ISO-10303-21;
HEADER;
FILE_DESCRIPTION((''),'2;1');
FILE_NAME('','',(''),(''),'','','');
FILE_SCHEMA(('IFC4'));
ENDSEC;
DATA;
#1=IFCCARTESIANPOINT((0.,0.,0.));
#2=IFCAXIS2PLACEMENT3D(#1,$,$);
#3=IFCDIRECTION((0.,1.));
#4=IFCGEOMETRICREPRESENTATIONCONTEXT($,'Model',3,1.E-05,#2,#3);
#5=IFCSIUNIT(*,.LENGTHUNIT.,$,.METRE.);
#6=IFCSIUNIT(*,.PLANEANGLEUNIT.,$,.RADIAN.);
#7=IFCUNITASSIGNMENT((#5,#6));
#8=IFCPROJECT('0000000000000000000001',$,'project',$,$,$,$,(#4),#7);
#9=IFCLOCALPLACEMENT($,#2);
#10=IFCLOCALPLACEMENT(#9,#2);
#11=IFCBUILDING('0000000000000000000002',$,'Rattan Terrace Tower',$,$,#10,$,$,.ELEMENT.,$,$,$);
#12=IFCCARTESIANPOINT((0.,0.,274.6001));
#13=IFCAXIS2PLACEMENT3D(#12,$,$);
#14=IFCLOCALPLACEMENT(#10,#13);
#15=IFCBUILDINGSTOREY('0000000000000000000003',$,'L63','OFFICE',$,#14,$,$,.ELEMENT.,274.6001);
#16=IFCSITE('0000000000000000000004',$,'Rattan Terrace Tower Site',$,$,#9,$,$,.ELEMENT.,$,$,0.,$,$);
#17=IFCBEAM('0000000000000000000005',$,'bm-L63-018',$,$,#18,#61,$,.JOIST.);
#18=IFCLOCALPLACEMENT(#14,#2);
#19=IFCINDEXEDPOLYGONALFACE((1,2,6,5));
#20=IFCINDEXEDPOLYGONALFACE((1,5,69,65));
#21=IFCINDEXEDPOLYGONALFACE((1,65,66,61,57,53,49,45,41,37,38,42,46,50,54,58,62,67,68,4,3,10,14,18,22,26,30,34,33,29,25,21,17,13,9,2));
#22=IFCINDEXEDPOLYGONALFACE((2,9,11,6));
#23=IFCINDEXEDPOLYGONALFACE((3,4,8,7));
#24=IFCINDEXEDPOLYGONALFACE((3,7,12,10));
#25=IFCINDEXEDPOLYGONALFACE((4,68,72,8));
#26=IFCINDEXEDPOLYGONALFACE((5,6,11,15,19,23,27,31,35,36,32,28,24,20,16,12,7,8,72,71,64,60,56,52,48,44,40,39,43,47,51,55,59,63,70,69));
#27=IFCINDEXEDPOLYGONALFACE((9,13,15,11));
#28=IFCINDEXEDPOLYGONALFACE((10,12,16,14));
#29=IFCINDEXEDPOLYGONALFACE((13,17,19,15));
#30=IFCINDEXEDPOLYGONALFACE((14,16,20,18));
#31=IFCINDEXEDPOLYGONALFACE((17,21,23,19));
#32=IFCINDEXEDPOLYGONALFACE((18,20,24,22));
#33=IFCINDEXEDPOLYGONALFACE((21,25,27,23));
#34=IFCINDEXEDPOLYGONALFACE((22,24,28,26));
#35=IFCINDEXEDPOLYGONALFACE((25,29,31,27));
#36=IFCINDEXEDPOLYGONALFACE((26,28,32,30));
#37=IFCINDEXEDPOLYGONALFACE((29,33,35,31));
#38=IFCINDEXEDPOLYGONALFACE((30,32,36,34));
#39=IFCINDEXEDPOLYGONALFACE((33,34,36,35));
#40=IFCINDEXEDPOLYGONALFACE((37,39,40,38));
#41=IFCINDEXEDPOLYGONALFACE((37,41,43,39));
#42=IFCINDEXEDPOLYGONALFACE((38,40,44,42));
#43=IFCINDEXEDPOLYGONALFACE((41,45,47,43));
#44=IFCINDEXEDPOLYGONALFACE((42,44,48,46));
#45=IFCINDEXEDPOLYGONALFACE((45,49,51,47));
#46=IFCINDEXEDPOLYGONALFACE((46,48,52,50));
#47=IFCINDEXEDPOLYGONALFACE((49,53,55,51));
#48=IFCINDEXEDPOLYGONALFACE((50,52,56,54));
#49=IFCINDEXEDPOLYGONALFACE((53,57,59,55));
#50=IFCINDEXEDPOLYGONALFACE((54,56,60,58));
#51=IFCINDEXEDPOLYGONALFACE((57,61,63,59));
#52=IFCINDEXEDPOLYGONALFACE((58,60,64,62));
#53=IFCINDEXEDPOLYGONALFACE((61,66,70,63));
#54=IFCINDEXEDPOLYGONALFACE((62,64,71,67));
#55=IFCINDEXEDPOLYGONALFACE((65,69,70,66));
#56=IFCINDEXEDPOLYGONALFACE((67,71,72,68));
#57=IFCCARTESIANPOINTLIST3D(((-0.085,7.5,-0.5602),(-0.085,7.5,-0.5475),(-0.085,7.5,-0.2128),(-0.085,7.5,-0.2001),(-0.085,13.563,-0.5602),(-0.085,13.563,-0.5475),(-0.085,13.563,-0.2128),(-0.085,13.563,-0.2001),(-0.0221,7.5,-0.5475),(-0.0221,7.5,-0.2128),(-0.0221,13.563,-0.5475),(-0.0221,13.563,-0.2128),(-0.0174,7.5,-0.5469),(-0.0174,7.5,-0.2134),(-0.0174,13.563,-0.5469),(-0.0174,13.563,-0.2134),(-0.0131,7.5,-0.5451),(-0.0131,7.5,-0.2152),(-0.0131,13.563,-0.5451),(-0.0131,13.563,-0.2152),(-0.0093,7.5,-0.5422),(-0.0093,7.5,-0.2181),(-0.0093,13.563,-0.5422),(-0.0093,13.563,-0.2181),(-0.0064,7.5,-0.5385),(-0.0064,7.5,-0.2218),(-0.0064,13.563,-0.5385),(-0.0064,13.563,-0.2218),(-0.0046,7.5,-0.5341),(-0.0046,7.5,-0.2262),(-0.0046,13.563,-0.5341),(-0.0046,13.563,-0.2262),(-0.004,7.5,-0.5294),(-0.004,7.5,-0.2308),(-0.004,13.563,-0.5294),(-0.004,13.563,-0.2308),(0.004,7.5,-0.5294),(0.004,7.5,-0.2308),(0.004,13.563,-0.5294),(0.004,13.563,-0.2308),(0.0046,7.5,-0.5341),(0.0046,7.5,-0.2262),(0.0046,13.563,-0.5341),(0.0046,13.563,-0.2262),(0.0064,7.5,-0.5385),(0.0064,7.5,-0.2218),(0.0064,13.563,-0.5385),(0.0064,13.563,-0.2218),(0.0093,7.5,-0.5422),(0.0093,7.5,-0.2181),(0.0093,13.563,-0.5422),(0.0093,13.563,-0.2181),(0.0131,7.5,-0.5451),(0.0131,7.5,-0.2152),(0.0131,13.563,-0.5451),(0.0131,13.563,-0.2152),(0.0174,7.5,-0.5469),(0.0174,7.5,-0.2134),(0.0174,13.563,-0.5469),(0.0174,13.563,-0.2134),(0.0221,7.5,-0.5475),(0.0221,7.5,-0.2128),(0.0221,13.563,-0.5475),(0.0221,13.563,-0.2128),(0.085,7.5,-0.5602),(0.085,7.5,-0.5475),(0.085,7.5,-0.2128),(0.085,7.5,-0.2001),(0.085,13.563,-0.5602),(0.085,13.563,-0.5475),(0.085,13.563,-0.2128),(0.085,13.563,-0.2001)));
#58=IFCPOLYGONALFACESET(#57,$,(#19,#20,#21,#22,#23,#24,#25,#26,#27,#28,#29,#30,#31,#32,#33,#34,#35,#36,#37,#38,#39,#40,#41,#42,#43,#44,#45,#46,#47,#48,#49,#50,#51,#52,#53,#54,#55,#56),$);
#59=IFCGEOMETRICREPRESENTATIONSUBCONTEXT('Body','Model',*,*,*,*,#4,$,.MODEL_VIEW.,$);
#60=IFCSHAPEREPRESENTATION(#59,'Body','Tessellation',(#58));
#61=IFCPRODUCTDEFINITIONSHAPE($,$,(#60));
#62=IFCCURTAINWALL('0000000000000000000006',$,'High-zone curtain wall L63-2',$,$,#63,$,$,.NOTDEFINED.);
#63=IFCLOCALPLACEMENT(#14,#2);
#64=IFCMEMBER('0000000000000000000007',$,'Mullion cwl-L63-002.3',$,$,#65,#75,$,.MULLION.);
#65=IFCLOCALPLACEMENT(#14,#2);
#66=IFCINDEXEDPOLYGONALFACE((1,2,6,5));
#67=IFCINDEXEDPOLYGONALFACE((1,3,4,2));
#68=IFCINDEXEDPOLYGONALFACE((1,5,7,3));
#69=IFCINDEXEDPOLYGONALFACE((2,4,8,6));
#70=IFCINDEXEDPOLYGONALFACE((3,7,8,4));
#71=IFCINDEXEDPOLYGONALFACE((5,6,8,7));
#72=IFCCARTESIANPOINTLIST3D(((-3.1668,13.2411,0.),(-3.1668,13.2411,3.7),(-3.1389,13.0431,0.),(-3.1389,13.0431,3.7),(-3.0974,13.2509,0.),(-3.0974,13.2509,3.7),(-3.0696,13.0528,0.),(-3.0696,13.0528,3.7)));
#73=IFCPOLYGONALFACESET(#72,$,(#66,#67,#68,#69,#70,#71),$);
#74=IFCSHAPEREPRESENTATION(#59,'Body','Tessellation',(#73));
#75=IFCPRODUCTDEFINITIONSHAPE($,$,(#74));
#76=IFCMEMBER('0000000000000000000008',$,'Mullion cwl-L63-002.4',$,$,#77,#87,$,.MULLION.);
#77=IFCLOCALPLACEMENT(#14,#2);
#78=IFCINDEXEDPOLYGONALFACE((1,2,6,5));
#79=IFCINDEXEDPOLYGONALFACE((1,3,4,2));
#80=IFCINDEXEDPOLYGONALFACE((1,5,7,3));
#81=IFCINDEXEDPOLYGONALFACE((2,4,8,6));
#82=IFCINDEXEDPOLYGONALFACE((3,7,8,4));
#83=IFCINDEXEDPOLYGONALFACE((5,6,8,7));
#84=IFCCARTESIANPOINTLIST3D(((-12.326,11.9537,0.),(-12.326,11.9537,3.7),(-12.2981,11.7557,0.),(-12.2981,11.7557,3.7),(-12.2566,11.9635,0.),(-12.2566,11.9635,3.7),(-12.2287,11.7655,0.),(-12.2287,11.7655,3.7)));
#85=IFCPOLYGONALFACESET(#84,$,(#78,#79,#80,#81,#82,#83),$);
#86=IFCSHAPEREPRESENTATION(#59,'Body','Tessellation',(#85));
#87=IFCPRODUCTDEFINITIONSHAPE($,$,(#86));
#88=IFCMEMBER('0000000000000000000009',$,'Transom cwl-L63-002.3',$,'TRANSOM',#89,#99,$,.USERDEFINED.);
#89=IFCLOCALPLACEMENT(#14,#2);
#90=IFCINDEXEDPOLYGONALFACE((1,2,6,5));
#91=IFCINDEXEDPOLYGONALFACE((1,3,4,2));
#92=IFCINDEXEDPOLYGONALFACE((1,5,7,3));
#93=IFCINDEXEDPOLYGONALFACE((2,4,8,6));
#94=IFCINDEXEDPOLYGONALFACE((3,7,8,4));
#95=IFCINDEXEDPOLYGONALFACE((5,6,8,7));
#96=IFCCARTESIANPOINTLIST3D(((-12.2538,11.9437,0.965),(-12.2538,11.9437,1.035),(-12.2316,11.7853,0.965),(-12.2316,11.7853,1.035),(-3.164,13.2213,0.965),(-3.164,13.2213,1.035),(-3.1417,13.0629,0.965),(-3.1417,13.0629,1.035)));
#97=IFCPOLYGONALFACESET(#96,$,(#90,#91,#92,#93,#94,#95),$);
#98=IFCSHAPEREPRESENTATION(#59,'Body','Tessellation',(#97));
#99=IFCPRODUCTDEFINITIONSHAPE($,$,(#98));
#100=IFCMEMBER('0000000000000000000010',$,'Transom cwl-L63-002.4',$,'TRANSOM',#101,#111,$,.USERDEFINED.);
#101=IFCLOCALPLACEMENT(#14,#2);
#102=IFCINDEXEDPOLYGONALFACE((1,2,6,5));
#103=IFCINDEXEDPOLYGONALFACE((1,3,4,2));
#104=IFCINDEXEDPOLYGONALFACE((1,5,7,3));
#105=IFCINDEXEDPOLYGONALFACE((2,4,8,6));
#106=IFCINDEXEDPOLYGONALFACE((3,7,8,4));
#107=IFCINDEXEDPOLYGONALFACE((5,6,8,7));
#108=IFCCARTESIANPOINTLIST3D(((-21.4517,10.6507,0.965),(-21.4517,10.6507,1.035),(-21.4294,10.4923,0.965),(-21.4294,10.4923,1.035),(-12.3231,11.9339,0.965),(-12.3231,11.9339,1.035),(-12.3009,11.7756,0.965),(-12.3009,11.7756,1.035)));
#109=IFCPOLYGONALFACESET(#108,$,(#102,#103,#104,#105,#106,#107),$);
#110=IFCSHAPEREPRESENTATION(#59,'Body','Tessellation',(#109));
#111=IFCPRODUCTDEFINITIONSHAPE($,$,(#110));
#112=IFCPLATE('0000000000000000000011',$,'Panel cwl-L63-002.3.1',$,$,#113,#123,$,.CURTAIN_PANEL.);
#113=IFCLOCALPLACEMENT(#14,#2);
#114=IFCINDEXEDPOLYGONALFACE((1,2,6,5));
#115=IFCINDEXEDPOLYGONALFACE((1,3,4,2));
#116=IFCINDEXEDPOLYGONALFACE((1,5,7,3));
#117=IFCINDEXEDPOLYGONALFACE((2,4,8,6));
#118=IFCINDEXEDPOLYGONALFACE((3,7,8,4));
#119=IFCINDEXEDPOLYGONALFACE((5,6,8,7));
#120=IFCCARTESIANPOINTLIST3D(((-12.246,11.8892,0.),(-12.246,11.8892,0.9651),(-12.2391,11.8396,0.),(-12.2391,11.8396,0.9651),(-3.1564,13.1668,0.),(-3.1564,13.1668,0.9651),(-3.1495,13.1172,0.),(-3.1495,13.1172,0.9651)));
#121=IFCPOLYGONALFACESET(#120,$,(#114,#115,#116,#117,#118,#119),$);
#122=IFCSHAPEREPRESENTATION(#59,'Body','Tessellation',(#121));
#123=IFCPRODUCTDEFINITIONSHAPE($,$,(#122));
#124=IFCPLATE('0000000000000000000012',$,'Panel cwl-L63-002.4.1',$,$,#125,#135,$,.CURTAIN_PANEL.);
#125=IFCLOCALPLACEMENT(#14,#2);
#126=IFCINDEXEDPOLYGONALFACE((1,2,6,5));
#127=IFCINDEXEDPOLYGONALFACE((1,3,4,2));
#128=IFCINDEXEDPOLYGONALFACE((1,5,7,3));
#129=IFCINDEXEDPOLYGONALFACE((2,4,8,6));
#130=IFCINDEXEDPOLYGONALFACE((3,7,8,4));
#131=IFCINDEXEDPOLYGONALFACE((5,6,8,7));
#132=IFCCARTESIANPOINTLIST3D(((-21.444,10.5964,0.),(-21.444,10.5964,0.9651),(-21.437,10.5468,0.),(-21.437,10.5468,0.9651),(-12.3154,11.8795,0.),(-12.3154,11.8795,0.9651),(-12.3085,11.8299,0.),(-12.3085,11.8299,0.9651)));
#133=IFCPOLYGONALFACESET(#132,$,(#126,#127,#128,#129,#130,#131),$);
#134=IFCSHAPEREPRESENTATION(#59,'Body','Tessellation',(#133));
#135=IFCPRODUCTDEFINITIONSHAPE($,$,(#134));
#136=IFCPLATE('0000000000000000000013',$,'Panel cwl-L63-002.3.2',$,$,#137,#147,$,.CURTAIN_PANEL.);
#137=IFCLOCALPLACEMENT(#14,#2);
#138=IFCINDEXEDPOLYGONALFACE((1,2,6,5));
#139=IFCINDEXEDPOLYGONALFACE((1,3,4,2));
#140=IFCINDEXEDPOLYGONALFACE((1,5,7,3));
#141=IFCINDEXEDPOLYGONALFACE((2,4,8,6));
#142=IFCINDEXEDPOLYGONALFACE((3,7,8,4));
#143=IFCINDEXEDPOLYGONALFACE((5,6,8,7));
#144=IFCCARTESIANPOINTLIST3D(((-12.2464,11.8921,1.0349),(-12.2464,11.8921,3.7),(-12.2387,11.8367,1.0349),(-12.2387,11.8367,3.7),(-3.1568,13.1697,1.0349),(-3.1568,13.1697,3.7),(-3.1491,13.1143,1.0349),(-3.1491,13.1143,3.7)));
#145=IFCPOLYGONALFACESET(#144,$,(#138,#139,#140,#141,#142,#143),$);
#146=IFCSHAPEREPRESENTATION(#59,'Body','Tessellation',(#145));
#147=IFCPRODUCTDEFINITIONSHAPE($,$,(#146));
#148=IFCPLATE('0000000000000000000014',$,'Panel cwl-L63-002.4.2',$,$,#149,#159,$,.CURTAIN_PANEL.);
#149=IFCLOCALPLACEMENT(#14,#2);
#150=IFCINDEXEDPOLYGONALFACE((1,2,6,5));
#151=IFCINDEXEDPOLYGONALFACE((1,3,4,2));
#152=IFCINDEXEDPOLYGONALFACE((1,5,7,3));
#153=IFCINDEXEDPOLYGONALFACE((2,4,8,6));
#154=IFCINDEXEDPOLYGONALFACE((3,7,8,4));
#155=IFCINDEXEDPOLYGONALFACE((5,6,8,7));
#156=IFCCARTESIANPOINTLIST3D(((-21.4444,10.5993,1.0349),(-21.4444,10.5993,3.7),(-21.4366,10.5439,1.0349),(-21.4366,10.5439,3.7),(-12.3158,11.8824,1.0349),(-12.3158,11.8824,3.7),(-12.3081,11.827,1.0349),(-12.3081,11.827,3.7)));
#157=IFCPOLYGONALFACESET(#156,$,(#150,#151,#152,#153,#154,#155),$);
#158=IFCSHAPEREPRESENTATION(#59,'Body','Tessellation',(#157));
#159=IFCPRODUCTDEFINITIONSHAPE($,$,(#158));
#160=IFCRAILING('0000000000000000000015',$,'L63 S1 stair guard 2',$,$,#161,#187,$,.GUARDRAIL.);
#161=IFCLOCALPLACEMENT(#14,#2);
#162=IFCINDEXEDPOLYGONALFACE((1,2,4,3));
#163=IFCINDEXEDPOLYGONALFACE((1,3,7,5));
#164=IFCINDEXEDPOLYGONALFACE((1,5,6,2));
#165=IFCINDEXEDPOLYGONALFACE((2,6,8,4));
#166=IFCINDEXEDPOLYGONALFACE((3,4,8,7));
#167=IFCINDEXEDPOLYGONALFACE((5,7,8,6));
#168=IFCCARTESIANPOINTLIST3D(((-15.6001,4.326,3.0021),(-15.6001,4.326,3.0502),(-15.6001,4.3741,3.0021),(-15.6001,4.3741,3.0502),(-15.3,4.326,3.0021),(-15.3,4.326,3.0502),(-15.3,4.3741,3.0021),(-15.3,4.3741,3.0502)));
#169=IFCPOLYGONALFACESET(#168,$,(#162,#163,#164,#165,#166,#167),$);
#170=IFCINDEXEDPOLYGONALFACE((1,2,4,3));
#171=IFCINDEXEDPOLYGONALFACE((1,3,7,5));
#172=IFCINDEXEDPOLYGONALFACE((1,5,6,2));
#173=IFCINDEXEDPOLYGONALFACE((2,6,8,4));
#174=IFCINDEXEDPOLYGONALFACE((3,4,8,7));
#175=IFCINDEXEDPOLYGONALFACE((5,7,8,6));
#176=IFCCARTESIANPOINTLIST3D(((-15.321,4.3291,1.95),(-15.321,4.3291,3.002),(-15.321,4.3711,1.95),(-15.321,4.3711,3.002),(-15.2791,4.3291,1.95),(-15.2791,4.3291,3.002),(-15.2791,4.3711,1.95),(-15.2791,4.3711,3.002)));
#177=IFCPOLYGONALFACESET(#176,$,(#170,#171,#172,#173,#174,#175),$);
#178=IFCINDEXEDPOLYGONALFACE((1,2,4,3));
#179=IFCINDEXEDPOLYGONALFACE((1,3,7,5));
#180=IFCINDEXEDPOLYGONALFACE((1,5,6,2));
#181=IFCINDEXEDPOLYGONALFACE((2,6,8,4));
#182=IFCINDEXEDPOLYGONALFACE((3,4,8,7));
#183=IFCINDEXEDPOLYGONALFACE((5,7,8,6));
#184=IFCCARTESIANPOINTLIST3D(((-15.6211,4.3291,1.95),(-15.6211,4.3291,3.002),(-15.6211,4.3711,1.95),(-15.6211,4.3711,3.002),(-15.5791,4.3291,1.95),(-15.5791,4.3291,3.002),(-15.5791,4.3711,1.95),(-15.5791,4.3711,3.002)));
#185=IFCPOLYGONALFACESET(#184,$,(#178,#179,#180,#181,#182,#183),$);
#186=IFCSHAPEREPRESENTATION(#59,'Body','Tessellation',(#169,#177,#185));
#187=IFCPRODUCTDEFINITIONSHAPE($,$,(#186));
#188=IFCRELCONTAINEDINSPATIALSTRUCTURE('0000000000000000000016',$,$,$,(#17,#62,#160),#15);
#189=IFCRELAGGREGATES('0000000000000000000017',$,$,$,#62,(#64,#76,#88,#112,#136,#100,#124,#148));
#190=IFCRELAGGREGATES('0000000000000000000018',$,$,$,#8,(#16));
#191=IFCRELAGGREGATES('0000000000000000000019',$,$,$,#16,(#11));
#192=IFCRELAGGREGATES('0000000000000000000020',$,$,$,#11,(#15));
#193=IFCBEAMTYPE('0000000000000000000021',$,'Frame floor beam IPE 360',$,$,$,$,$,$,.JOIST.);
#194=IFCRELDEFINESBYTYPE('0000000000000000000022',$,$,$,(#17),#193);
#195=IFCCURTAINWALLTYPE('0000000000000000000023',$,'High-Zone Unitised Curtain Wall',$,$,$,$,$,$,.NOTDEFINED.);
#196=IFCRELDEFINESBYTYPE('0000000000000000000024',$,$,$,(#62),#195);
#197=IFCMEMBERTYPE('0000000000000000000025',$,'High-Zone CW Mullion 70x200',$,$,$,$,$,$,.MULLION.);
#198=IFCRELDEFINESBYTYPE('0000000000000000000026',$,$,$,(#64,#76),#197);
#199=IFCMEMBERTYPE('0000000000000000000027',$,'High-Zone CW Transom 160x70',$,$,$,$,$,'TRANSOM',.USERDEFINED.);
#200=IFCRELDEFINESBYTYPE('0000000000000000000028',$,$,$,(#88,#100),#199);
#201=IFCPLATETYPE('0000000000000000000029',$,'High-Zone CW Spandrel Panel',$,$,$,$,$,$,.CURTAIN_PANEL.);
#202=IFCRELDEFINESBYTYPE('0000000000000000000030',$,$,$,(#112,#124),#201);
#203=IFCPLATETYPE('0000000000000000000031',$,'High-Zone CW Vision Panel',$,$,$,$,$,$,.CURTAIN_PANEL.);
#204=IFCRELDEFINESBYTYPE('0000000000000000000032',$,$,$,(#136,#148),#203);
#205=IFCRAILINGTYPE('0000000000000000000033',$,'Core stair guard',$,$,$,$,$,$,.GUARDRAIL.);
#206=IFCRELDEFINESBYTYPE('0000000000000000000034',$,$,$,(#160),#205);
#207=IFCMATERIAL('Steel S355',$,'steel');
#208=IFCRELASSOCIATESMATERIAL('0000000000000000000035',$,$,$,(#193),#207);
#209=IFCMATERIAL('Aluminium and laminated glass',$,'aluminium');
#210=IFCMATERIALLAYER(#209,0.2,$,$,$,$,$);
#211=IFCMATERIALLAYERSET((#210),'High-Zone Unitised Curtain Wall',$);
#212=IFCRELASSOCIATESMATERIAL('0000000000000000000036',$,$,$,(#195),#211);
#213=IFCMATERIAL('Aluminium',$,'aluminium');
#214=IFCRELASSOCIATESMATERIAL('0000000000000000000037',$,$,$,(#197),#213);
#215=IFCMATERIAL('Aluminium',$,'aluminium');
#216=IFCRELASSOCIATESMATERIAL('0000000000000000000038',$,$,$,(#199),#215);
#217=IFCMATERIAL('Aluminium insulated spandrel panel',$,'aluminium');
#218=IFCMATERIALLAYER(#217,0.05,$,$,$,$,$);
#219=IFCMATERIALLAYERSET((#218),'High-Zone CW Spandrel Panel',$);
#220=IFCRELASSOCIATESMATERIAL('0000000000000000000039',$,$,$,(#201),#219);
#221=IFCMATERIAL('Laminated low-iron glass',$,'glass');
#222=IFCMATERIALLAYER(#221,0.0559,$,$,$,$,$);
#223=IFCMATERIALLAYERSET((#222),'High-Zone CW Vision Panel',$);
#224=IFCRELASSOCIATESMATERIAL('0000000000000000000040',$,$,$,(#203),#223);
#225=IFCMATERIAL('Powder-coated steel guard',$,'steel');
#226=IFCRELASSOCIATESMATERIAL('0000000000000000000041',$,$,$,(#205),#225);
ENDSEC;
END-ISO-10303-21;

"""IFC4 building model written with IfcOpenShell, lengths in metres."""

from ifc_helpers import new_model, si_unit, direction, frame, origin, origin_2d, place, context, subcontext, project, spatial, rectangle, i_section, extrude, material, layer, layer_set, material_profile, profile_set, type_object, element, aggregate, save


model = new_model("IFC4")

# Units and contexts
model_context = context("Model", 3, precision=1e-05, world=origin(), true_north=direction((0.0, 1.0)))
body_context = subcontext(model_context, "Body", "Model", "MODEL_VIEW")
ifc_project = project(units=[si_unit("LENGTHUNIT", "METRE"), si_unit("PLANEANGLEUNIT", "RADIAN")], contexts=[model_context])

# Site, building, storey
site_placement = place(None, origin())
site = spatial("IfcSite", under=ifc_project, at=site_placement, Name="Rattan Terrace Tower Site", CompositionType="ELEMENT", RefElevation=0.0)
building_placement = place(site_placement, origin())
building = spatial("IfcBuilding", under=site, at=building_placement, Name="Rattan Terrace Tower", CompositionType="ELEMENT")
storey_placement = place(building_placement, frame((0.0, 0.0, 274.6001)))
storey = spatial("IfcBuildingStorey", under=building, at=storey_placement, Name="L63", Description="OFFICE", CompositionType="ELEMENT", Elevation=274.6001)

# Beam
ifc_material_1 = material(Name="Steel S355", Category="steel")
ifc_material_profile_1 = material_profile(ifc_material_1, i_section(OverallWidth=0.1699, OverallDepth=0.3601, WebThickness=0.0081, FlangeThickness=0.0127, FilletRadius=0.0181, at=origin_2d()), Name="IPE 360")
ifc_profile_set_1 = profile_set([ifc_material_profile_1], Name="Steel S355")
beam_type_1 = type_object("IfcBeamType", Name="Frame floor beam IPE 360", PredefinedType="JOIST", material=ifc_profile_set_1)
beam_1_placement = place(storey_placement, frame((0.0, 7.5, -0.3801), z_axis=(0.0, 1.0, 0.0), x_axis=(-1.0, 0.0, 0.0)))
element("IfcBeam", 1, at=beam_1_placement, inside=storey, type_object=beam_type_1, Name="bm-L63-018", PredefinedType="JOIST", context=body_context, shape_type="SweptSolid", body=[
    extrude(i_section(OverallWidth=0.1699, OverallDepth=0.3601, WebThickness=0.0081, FlangeThickness=0.0127, FilletRadius=0.0181, at=origin_2d()), origin(), (0.0, 0.0, 1.0), 6.063),
])

# Curtain wall, members, plates
ifc_material_2 = material(Name="Aluminium and laminated glass", Category="aluminium")
ifc_layer_1 = layer(ifc_material_2, 0.2)
ifc_layer_set_1 = layer_set([ifc_layer_1], Name="High-Zone Unitised Curtain Wall")
curtain_wall_type = type_object("IfcCurtainWallType", Name="High-Zone Unitised Curtain Wall", PredefinedType="NOTDEFINED", material=ifc_layer_set_1)
curtain_wall_placement = place(storey_placement, origin())
curtain_wall = element("IfcCurtainWall", 2, at=curtain_wall_placement, inside=storey, type_object=curtain_wall_type, Name="High-zone curtain wall L63-2", PredefinedType="NOTDEFINED")
ifc_material_3 = material(Name="Aluminium", Category="aluminium")
ifc_material_profile_2 = material_profile(ifc_material_3, rectangle(XDim=0.0701, YDim=0.2, at=origin_2d()), Name="Aluminium 70x200")
ifc_profile_set_2 = profile_set([ifc_material_profile_2], Name="Aluminium")
member_type_1 = type_object("IfcMemberType", Name="High-Zone CW Mullion 70x200", PredefinedType="MULLION", material=ifc_profile_set_2)
member_1_placement = place(storey_placement, frame((-3.1182, 13.147, 0.0), z_axis=(0.0, 0.0, 1.0), x_axis=(-0.990266, -0.139189, 0.0)))
member_1 = element("IfcMember", 3, at=member_1_placement, type_object=member_type_1, Name="Mullion cwl-L63-002.3", PredefinedType="MULLION", context=body_context, shape_type="SweptSolid", body=[
    extrude(rectangle(XDim=0.0701, YDim=0.2, at=origin_2d()), origin(), (0.0, 0.0, 1.0), 3.7),
])
member_2_placement = place(storey_placement, frame((-12.2773, 11.8596, 0.0), z_axis=(0.0, 0.0, 1.0), x_axis=(-0.990266, -0.139189, 0.0)))
member_2 = element("IfcMember", 4, at=member_2_placement, type_object=member_type_1, Name="Mullion cwl-L63-002.4", PredefinedType="MULLION", context=body_context, shape_type="SweptSolid", body=[
    extrude(rectangle(XDim=0.0701, YDim=0.2, at=origin_2d()), origin(), (0.0, 0.0, 1.0), 3.7),
])
ifc_material_4 = material(Name="Aluminium", Category="aluminium")
ifc_material_profile_3 = material_profile(ifc_material_4, rectangle(XDim=0.1599, YDim=0.0701, at=origin_2d()), Name="Aluminium 160x70")
ifc_profile_set_3 = profile_set([ifc_material_profile_3], Name="Aluminium")
member_type_2 = type_object("IfcMemberType", Name="High-Zone CW Transom 160x70", ElementType="TRANSOM", PredefinedType="USERDEFINED", material=ifc_profile_set_3)
member_3_placement = place(storey_placement, frame((-3.1528, 13.1421, 1.0), z_axis=(-0.990267, -0.139183, 0.0), x_axis=(0.139183, -0.990267, 0.0)))
member_3 = element("IfcMember", 5, at=member_3_placement, type_object=member_type_2, Name="Transom cwl-L63-002.3", ObjectType="TRANSOM", PredefinedType="USERDEFINED", context=body_context, shape_type="SweptSolid", body=[
    extrude(rectangle(XDim=0.1599, YDim=0.0701, at=origin_2d()), origin(), (0.0, 0.0, 1.0), 9.1792),
])
member_4_placement = place(storey_placement, frame((-12.312, 11.8547, 1.0), z_axis=(-0.990264, -0.139204, 0.0), x_axis=(0.139204, -0.990264, 0.0)))
member_4 = element("IfcMember", 6, at=member_4_placement, type_object=member_type_2, Name="Transom cwl-L63-002.4", ObjectType="TRANSOM", PredefinedType="USERDEFINED", context=body_context, shape_type="SweptSolid", body=[
    extrude(rectangle(XDim=0.1599, YDim=0.0701, at=origin_2d()), origin(), (0.0, 0.0, 1.0), 9.2183),
])
ifc_material_5 = material(Name="Aluminium insulated spandrel panel", Category="aluminium")
ifc_layer_2 = layer(ifc_material_5, 0.05)
ifc_layer_set_2 = layer_set([ifc_layer_2], Name="High-Zone CW Spandrel Panel")
plate_type_1 = type_object("IfcPlateType", Name="High-Zone CW Spandrel Panel", PredefinedType="CURTAIN_PANEL", material=ifc_layer_set_2)
plate_1_placement = place(storey_placement, frame((-7.6978, 12.5032, 0.0), z_axis=(0.0, 0.0, 1.0), x_axis=(-0.990266, -0.139189, 0.0)))
plate_1 = element("IfcPlate", 7, at=plate_1_placement, type_object=plate_type_1, Name="Panel cwl-L63-002.3.1", PredefinedType="CURTAIN_PANEL", context=body_context, shape_type="SweptSolid", body=[
    extrude(rectangle(XDim=9.179, YDim=0.05, at=origin_2d()), origin(), (0.0, 0.0, 1.0), 0.9651),
])
plate_2_placement = place(storey_placement, frame((-16.8762, 11.2131, 0.0), z_axis=(0.0, 0.0, 1.0), x_axis=(-0.990266, -0.139189, 0.0)))
plate_2 = element("IfcPlate", 8, at=plate_2_placement, type_object=plate_type_1, Name="Panel cwl-L63-002.4.1", PredefinedType="CURTAIN_PANEL", context=body_context, shape_type="SweptSolid", body=[
    extrude(rectangle(XDim=9.2183, YDim=0.05, at=origin_2d()), origin(), (0.0, 0.0, 1.0), 0.9651),
])
ifc_material_6 = material(Name="Laminated low-iron glass", Category="glass")
ifc_layer_3 = layer(ifc_material_6, 0.0559)
ifc_layer_set_3 = layer_set([ifc_layer_3], Name="High-Zone CW Vision Panel")
plate_type_2 = type_object("IfcPlateType", Name="High-Zone CW Vision Panel", PredefinedType="CURTAIN_PANEL", material=ifc_layer_set_3)
plate_3_placement = place(storey_placement, frame((-7.6978, 12.5032, 1.0349), z_axis=(0.0, 0.0, 1.0), x_axis=(-0.990266, -0.139189, 0.0)))
plate_3 = element("IfcPlate", 9, at=plate_3_placement, type_object=plate_type_2, Name="Panel cwl-L63-002.3.2", PredefinedType="CURTAIN_PANEL", context=body_context, shape_type="SweptSolid", body=[
    extrude(rectangle(XDim=9.179, YDim=0.0559, at=origin_2d()), origin(), (0.0, 0.0, 1.0), 2.665),
])
plate_4_placement = place(storey_placement, frame((-16.8762, 11.2131, 1.0349), z_axis=(0.0, 0.0, 1.0), x_axis=(-0.990266, -0.139189, 0.0)))
plate_4 = element("IfcPlate", 10, at=plate_4_placement, type_object=plate_type_2, Name="Panel cwl-L63-002.4.2", PredefinedType="CURTAIN_PANEL", context=body_context, shape_type="SweptSolid", body=[
    extrude(rectangle(XDim=9.2183, YDim=0.0559, at=origin_2d()), origin(), (0.0, 0.0, 1.0), 2.665),
])
aggregate(curtain_wall, [member_1, member_2, member_3, plate_1, plate_3, member_4, plate_2, plate_4])

# Railing
ifc_material_7 = material(Name="Powder-coated steel guard", Category="steel")
railing_type = type_object("IfcRailingType", Name="Core stair guard", PredefinedType="GUARDRAIL", material=ifc_material_7)
railing_1_placement = place(storey_placement, frame((-15.3, 4.3501, 1.95)))
element("IfcRailing", 11, at=railing_1_placement, inside=storey, type_object=railing_type, Name="L63 S1 stair guard 2", PredefinedType="GUARDRAIL", context=body_context, shape_type="SweptSolid", body=[
    extrude(rectangle(XDim=0.0481, YDim=0.0481, at=origin_2d()), frame((0.0, 0.0, 1.0762), z_axis=(-1.0, 0.0, 0.0), x_axis=(0.0, -1.0, 0.0)), (0.0, 0.0, 1.0), 0.3),
    extrude(rectangle(XDim=0.042, YDim=0.042, at=origin_2d()), origin(), (0.0, 0.0, 1.0), 1.052),
    extrude(rectangle(XDim=0.042, YDim=0.042, at=origin_2d()), frame((-0.3, 0.0, 0.0)), (0.0, 0.0, 1.0), 1.052),
])

save(model, "model.ifc")
